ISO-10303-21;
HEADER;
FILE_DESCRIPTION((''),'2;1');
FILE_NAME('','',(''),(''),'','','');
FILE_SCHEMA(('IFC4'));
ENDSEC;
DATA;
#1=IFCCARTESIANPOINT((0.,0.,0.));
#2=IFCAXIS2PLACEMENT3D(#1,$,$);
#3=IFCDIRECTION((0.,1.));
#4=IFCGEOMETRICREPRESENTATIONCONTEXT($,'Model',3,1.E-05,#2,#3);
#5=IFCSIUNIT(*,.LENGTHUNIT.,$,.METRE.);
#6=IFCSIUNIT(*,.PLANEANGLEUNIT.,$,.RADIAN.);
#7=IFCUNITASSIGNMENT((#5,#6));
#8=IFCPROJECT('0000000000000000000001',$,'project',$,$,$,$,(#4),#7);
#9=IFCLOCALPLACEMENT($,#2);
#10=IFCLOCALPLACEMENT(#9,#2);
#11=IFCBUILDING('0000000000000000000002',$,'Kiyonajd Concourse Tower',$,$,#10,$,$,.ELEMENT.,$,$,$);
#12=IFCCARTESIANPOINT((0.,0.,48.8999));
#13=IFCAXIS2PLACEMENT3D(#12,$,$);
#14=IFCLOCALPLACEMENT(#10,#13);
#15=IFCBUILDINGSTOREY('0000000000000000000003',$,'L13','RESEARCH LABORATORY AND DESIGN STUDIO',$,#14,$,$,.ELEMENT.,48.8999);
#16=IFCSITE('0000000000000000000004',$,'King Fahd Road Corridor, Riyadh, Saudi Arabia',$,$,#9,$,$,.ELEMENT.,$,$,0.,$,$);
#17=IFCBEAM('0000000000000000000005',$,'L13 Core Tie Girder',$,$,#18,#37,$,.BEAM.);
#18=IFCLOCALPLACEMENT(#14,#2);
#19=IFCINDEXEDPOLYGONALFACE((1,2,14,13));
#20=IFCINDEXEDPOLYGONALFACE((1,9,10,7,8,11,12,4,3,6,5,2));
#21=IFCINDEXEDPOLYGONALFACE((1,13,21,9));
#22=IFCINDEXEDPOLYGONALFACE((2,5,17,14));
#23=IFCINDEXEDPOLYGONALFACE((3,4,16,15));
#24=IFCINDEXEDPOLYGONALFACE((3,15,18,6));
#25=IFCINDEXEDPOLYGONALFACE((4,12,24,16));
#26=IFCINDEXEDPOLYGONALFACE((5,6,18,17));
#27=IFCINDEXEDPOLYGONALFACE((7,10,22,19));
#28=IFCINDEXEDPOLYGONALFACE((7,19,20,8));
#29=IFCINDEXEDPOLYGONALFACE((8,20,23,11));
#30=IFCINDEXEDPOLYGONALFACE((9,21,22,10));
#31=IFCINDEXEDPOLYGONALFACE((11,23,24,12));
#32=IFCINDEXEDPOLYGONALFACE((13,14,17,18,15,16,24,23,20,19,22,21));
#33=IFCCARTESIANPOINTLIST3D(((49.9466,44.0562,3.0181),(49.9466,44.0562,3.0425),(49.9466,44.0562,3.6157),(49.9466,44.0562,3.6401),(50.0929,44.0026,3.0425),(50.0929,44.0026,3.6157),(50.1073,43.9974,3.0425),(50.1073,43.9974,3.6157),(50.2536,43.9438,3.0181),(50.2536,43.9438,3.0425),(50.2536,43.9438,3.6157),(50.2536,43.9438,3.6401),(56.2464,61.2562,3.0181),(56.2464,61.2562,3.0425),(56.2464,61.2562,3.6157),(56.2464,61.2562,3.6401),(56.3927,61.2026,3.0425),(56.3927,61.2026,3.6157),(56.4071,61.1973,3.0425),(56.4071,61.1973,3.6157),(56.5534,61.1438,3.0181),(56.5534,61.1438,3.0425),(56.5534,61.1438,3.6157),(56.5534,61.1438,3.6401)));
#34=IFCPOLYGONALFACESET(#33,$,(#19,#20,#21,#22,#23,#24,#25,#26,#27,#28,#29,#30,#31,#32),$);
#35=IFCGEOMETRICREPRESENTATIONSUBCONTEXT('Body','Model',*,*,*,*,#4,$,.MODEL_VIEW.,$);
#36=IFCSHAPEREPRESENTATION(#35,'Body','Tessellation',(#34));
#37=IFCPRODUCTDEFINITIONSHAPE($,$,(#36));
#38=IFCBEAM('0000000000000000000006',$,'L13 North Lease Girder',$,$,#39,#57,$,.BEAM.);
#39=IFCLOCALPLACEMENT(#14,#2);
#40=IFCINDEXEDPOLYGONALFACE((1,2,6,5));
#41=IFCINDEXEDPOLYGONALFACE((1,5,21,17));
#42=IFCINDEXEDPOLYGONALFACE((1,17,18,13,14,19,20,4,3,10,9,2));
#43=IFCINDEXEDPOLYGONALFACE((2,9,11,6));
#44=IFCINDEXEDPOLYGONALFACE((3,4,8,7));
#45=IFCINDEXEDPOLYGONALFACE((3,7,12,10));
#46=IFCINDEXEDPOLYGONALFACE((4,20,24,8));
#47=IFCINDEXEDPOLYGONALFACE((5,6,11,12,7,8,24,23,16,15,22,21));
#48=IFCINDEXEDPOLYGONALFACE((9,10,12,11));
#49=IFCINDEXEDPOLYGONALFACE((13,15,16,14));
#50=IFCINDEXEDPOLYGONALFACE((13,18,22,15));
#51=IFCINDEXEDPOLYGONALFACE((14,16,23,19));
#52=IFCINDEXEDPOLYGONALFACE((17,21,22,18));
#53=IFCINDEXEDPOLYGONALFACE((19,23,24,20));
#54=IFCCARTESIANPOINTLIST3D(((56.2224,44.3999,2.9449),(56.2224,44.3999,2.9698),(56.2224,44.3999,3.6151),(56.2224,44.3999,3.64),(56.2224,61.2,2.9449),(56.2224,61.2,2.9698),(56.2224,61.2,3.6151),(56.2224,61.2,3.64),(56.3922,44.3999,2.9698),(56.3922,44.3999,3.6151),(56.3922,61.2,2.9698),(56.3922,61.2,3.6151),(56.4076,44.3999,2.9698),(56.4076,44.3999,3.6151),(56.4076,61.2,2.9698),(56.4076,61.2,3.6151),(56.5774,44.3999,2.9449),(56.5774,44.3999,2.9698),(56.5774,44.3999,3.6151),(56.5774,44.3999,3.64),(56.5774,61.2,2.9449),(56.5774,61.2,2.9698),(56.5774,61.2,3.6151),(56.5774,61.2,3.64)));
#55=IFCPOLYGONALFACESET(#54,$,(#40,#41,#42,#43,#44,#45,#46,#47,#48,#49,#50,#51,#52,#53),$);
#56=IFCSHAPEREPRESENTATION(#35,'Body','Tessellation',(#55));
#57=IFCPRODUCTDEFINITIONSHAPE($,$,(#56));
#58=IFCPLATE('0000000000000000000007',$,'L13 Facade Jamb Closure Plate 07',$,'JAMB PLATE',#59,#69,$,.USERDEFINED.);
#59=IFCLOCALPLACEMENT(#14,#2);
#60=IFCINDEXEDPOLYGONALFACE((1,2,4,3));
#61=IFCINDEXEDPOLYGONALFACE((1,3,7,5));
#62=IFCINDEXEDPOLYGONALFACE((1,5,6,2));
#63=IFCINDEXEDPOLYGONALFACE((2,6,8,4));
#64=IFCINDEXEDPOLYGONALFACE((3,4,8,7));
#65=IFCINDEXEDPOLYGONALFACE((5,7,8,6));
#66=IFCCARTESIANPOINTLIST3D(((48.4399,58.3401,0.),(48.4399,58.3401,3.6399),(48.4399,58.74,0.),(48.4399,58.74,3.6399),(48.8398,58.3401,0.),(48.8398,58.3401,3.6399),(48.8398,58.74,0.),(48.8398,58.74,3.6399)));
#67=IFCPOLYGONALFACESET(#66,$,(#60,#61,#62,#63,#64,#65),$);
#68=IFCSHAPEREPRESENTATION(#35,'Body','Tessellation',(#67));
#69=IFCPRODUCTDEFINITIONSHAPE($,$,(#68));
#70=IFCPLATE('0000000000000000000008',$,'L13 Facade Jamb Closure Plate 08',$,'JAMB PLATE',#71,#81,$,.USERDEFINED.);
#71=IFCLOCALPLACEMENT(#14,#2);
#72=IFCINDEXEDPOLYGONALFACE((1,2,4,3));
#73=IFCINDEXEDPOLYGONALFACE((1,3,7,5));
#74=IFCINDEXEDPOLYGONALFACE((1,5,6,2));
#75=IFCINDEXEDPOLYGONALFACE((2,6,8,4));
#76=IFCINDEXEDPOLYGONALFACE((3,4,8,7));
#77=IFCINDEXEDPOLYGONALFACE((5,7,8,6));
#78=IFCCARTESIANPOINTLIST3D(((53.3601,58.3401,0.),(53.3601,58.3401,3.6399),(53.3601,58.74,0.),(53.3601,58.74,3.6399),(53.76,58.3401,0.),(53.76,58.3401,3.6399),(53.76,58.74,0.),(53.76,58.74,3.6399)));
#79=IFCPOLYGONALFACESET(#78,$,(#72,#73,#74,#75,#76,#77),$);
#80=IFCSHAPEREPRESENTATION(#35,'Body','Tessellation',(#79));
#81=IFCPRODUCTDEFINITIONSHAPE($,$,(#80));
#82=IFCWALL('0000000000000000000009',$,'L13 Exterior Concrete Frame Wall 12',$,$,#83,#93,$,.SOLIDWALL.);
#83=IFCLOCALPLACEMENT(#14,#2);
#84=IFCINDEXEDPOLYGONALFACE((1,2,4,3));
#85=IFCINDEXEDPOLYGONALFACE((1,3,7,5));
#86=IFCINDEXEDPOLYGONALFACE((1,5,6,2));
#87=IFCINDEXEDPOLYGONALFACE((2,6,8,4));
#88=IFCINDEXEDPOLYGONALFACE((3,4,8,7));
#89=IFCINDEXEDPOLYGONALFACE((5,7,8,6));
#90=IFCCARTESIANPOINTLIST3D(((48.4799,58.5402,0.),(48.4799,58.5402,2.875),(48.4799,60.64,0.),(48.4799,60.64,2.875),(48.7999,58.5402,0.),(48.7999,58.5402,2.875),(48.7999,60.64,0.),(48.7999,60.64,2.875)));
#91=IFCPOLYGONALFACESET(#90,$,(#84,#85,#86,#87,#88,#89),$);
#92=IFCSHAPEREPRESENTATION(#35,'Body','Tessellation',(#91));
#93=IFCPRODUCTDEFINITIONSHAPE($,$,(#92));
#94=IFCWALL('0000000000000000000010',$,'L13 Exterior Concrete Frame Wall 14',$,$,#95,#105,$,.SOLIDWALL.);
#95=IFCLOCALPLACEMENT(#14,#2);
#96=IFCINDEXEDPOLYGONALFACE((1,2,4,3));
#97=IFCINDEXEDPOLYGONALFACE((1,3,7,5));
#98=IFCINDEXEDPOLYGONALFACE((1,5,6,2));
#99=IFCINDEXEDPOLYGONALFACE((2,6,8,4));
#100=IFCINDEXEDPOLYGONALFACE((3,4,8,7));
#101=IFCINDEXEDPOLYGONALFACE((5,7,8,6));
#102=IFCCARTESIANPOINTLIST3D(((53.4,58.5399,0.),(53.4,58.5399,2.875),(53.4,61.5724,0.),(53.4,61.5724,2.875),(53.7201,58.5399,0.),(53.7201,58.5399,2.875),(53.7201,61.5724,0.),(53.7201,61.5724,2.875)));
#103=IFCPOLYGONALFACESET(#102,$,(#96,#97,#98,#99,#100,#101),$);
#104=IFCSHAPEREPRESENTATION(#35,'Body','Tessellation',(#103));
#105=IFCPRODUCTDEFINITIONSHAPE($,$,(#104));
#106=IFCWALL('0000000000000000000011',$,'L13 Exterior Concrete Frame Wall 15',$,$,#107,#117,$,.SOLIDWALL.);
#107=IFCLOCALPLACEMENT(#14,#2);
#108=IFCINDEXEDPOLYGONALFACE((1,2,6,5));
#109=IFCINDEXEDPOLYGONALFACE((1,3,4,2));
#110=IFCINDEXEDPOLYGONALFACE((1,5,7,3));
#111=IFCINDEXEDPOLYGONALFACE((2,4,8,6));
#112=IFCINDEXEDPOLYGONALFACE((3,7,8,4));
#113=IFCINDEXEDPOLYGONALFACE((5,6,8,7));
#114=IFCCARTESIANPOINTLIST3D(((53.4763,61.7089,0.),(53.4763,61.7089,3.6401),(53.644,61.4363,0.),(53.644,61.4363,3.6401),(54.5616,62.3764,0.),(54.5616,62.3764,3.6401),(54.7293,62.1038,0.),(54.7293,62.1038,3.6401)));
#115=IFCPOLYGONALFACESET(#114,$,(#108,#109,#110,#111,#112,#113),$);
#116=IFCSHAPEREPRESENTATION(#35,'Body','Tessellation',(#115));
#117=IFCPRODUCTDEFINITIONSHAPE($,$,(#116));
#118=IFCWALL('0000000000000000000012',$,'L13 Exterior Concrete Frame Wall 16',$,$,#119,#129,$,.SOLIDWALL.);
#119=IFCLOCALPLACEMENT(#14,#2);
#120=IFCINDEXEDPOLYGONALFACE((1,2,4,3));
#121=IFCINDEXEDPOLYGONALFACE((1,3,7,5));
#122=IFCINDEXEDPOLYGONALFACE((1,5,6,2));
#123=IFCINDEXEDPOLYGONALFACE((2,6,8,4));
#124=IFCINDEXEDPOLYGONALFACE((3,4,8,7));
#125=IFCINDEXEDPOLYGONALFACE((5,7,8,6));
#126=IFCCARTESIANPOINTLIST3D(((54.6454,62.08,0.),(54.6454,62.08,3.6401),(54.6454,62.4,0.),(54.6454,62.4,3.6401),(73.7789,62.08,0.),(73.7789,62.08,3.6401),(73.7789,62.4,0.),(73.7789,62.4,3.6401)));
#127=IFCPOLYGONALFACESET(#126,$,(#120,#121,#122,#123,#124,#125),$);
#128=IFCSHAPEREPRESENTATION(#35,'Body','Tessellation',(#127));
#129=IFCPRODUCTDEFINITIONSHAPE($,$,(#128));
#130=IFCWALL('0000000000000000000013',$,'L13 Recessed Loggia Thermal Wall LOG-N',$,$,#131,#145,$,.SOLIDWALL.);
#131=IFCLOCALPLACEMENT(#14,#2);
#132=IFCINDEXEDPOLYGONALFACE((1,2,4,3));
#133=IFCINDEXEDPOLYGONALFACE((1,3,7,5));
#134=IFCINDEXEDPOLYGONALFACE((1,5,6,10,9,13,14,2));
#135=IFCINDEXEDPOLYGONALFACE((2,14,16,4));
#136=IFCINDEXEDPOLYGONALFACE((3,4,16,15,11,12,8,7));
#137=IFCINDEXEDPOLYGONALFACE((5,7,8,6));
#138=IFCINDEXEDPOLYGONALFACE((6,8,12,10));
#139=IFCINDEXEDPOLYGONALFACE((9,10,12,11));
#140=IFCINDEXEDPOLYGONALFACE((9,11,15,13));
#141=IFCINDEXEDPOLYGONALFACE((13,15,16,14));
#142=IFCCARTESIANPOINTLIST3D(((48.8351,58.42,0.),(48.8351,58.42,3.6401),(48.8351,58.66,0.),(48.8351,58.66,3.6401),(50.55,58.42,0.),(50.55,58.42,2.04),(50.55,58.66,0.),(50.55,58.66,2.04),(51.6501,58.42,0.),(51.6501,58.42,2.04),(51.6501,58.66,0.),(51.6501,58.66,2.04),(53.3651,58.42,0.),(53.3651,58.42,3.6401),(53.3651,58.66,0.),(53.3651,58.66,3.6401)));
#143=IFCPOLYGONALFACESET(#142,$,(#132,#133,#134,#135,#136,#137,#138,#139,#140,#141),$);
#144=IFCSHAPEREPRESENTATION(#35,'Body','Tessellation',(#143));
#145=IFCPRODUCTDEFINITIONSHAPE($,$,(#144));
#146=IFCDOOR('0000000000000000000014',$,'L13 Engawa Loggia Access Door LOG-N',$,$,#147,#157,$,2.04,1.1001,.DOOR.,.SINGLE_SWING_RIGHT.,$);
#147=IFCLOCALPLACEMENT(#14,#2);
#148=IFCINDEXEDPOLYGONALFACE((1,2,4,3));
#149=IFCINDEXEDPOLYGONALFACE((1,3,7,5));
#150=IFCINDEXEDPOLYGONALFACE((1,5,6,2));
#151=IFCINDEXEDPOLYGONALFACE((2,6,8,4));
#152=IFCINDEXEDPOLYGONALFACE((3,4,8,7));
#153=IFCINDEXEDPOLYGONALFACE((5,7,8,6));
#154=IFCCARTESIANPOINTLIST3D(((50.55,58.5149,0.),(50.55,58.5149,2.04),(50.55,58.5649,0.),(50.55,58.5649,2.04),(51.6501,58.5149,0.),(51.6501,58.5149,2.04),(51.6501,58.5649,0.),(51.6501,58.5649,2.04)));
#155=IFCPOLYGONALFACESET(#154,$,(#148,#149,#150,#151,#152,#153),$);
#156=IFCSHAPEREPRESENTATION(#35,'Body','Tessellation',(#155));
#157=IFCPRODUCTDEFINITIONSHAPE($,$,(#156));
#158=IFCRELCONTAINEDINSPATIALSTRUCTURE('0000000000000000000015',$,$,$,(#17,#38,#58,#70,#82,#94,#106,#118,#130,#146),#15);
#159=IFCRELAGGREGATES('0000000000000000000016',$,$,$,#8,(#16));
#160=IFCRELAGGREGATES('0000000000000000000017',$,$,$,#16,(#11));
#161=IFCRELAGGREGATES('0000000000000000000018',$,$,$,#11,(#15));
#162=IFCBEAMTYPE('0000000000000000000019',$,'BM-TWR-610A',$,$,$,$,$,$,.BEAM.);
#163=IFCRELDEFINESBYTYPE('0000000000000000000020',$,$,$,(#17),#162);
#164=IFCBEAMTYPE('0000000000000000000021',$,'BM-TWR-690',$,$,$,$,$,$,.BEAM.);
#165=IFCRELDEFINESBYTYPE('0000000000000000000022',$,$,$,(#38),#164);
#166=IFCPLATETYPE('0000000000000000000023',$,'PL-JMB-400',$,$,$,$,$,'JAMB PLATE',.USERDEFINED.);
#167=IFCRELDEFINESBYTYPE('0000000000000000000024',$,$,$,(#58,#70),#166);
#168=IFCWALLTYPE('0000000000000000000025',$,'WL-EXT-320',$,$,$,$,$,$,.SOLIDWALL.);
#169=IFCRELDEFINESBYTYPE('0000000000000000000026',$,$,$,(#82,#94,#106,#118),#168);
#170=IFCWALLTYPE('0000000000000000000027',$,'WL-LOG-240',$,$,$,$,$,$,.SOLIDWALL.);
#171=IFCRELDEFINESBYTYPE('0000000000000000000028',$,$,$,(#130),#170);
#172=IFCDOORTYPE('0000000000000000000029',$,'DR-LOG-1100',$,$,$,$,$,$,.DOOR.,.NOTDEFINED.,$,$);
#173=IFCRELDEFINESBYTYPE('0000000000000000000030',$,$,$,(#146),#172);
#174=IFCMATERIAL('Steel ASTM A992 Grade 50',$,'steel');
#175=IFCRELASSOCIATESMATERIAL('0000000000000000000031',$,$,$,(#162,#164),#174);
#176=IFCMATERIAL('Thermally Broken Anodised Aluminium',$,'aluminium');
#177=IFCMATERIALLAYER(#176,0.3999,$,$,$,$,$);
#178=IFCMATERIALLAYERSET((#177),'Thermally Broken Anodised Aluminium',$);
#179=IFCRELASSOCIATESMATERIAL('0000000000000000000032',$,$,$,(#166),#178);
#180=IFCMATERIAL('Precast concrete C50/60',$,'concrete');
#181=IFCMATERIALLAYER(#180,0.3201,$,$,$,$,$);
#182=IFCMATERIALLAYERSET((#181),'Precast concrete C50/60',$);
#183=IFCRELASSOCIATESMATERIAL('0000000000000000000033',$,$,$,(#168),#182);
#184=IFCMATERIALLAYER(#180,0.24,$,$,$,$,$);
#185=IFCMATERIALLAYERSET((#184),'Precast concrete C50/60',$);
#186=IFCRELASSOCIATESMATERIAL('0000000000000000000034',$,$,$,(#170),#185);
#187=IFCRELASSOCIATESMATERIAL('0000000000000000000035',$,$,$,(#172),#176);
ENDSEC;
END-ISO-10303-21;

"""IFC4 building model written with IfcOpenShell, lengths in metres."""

from ifc_helpers import new_model, si_unit, direction, frame, frame_2d, origin, origin_2d, place, context, subcontext, project, spatial, rectangle, i_section, extrude, material, layer, layer_set, material_profile, profile_set, type_object, element, fill, save


model = new_model("IFC4")

# Units and contexts
model_context = context("Model", 3, precision=1e-05, world=origin(), true_north=direction((0.0, 1.0)))
body_context = subcontext(model_context, "Body", "Model", "MODEL_VIEW")
ifc_project = project(units=[si_unit("LENGTHUNIT", "METRE"), si_unit("PLANEANGLEUNIT", "RADIAN")], contexts=[model_context])

# Site, building, storey
site_placement = place(None, origin())
site = spatial("IfcSite", under=ifc_project, at=site_placement, Name="King Fahd Road Corridor, Riyadh, Saudi Arabia", CompositionType="ELEMENT", RefElevation=0.0)
building_placement = place(site_placement, origin())
building = spatial("IfcBuilding", under=site, at=building_placement, Name="Kiyonajd Concourse Tower", CompositionType="ELEMENT")
storey_placement = place(building_placement, frame((0.0, 0.0, 48.8999)))
storey = spatial("IfcBuildingStorey", under=building, at=storey_placement, Name="L13", Description="RESEARCH LABORATORY AND DESIGN STUDIO", CompositionType="ELEMENT", Elevation=48.8999)

# Beams
ifc_material_1 = material(Name="Steel ASTM A992 Grade 50", Category="steel")
ifc_material_2 = material(Name="Precast concrete C50/60", Category="concrete")
ifc_material_profile_1 = material_profile(ifc_material_1, i_section(OverallWidth=0.3269, OverallDepth=0.6221, WebThickness=0.0154, FlangeThickness=0.0244, at=origin_2d()), Name="W610X195")
ifc_profile_set_1 = profile_set([ifc_material_profile_1], Name="Steel ASTM A992 Grade 50")
beam_type_1 = type_object("IfcBeamType", Name="BM-TWR-610A", PredefinedType="BEAM", material=ifc_profile_set_1)
beam_1_placement = place(storey_placement, frame((50.1001, 44.0, 3.3291), z_axis=(0.343925, 0.938997, 0.0), x_axis=(-0.938997, 0.343925, 0.0)))
element("IfcBeam", 1, at=beam_1_placement, inside=storey, type_object=beam_type_1, Name="L13 Core Tie Girder", PredefinedType="BEAM", context=body_context, shape_type="SweptSolid", body=[
    extrude(i_section(OverallWidth=0.3269, OverallDepth=0.6221, WebThickness=0.0154, FlangeThickness=0.0244, at=origin_2d()), origin(), (0.0, 0.0, 1.0), 18.3174),
])
ifc_material_profile_2 = material_profile(ifc_material_1, i_section(OverallWidth=0.355, OverallDepth=0.6951, WebThickness=0.0154, FlangeThickness=0.0249, at=origin_2d()), Name="W690X217")
ifc_profile_set_2 = profile_set([ifc_material_profile_2], Name="Steel ASTM A992 Grade 50")
beam_type_2 = type_object("IfcBeamType", Name="BM-TWR-690", PredefinedType="BEAM", material=ifc_profile_set_2)
beam_2_placement = place(storey_placement, frame((56.3999, 44.3999, 3.2925), z_axis=(0.0, 1.0, 0.0), x_axis=(-1.0, 0.0, 0.0)))
element("IfcBeam", 2, at=beam_2_placement, inside=storey, type_object=beam_type_2, Name="L13 North Lease Girder", PredefinedType="BEAM", context=body_context, shape_type="SweptSolid", body=[
    extrude(i_section(OverallWidth=0.355, OverallDepth=0.6951, WebThickness=0.0154, FlangeThickness=0.0249, at=origin_2d()), origin(), (0.0, 0.0, 1.0), 16.8),
])

# Plates
ifc_material_3 = material(Name="Thermally Broken Anodised Aluminium", Category="aluminium")
ifc_layer_1 = layer(ifc_material_3, 0.3999)
ifc_layer_set_1 = layer_set([ifc_layer_1], Name="Thermally Broken Anodised Aluminium")
plate_type = type_object("IfcPlateType", Name="PL-JMB-400", ElementType="JAMB PLATE", PredefinedType="USERDEFINED", material=ifc_layer_set_1)
for number, where, z_axis, x_axis, name in (
    (3, (48.6399, 58.54, 0.0), (0.0, 0.0, 1.0), (1.0, 0.0, 0.0), "L13 Facade Jamb Closure Plate 07"),
    (4, (53.5601, 58.54, 0.0), (0.0, 0.0, 1.0), (1.0, 0.0, 0.0), "L13 Facade Jamb Closure Plate 08"),
):
    element("IfcPlate", number, at=place(storey_placement, frame(where, z_axis=z_axis, x_axis=x_axis)), inside=storey, type_object=plate_type, Name=name, ObjectType="JAMB PLATE", PredefinedType="USERDEFINED", context=body_context, shape_type="SweptSolid", body=[
        extrude(rectangle(XDim=0.3999, YDim=0.3999, at=origin_2d()), origin(), (0.0, 0.0, 1.0), 3.6399),
    ])

# Walls
ifc_layer_2 = layer(ifc_material_2, 0.3201)
ifc_layer_set_2 = layer_set([ifc_layer_2], Name="Precast concrete C50/60")
wall_type_1 = type_object("IfcWallType", Name="WL-EXT-320", PredefinedType="SOLIDWALL", material=ifc_layer_set_2)
wall_1_placement = place(storey_placement, frame((48.6399, 60.6399, 0.0), z_axis=(0.0, 0.0, 1.0), x_axis=(0.0, -1.0, 0.0)))
element("IfcWall", 5, at=wall_1_placement, inside=storey, type_object=wall_type_1, Name="L13 Exterior Concrete Frame Wall 12", PredefinedType="SOLIDWALL", context=body_context, shape_type="SweptSolid", body=[
    extrude(rectangle(XDim=2.0999, YDim=0.3201, at=frame_2d((1.0498, 0.0))), origin(), (0.0, 0.0, 1.0), 2.875),
])
wall_2_placement = place(storey_placement, frame((53.5601, 58.54, 0.0), z_axis=(0.0, 0.0, 1.0), x_axis=(0.0, 1.0, 0.0)))
element("IfcWall", 6, at=wall_2_placement, inside=storey, type_object=wall_type_1, Name="L13 Exterior Concrete Frame Wall 14", PredefinedType="SOLIDWALL", context=body_context, shape_type="SweptSolid", body=[
    extrude(rectangle(XDim=3.0325, YDim=0.3201, at=frame_2d((1.5161, 0.0))), origin(), (0.0, 0.0, 1.0), 2.875),
])
wall_3_placement = place(storey_placement, frame((53.5601, 61.5725, 0.0), z_axis=(0.0, 0.0, 1.0), x_axis=(0.851777, 0.523905, 0.0)))
element("IfcWall", 7, at=wall_3_placement, inside=storey, type_object=wall_type_1, Name="L13 Exterior Concrete Frame Wall 15", PredefinedType="SOLIDWALL", context=body_context, shape_type="SweptSolid", body=[
    extrude(rectangle(XDim=1.2742, YDim=0.3201, at=frame_2d((0.6372, 0.0))), origin(), (0.0, 0.0, 1.0), 3.6401),
])
wall_4_placement = place(storey_placement, frame((54.6453, 62.24, 0.0), z_axis=(0.0, 0.0, 1.0), x_axis=(1.0, 0.0, 0.0)))
element("IfcWall", 8, at=wall_4_placement, inside=storey, type_object=wall_type_1, Name="L13 Exterior Concrete Frame Wall 16", PredefinedType="SOLIDWALL", context=body_context, shape_type="SweptSolid", body=[
    extrude(rectangle(XDim=19.1335, YDim=0.3201, at=frame_2d((9.5669, 0.0))), origin(), (0.0, 0.0, 1.0), 3.6401),
])

# Wall, opening, door
ifc_layer_3 = layer(ifc_material_2, 0.24)
ifc_layer_set_3 = layer_set([ifc_layer_3], Name="Precast concrete C50/60")
wall_type_2 = type_object("IfcWallType", Name="WL-LOG-240", PredefinedType="SOLIDWALL", material=ifc_layer_set_3)
wall_5_placement = place(storey_placement, frame((48.835, 58.54, 0.0), z_axis=(0.0, 0.0, 1.0), x_axis=(1.0, 0.0, 0.0)))
wall_5 = element("IfcWall", 9, at=wall_5_placement, inside=storey, type_object=wall_type_2, Name="L13 Recessed Loggia Thermal Wall LOG-N", PredefinedType="SOLIDWALL", context=body_context, shape_type="SweptSolid", body=[
    extrude(rectangle(XDim=4.53, YDim=0.24, at=frame_2d((2.2651, 0.0))), origin(), (0.0, 0.0, 1.0), 3.6401),
])
opening_1_placement = place(wall_5_placement, frame((1.7151, 0.0, 0.0)))
opening_1 = element("IfcOpeningElement", 10, at=opening_1_placement, cuts=wall_5, PredefinedType="OPENING", context=body_context, shape_type="SweptSolid", body=[
    extrude(rectangle(XDim=1.1001, YDim=2.04, at=frame_2d((0.55, 1.02))), frame((0.0, 0.1299, 0.0), z_axis=(0.0, -1.0, 0.0), x_axis=(1.0, 0.0, 0.0)), (0.0, 0.0, 1.0), 0.26),
])
door_type_1 = type_object("IfcDoorType", Name="DR-LOG-1100", OperationType="NOTDEFINED", PredefinedType="DOOR", material=ifc_material_3)
door_1_placement = place(opening_1_placement, origin())
door_1 = element("IfcDoor", 11, at=door_1_placement, inside=storey, type_object=door_type_1, Name="L13 Engawa Loggia Access Door LOG-N", OperationType="SINGLE_SWING_RIGHT", OverallHeight=2.04, OverallWidth=1.1001, PredefinedType="DOOR", context=body_context, shape_type="SweptSolid", body=[
    extrude(rectangle(XDim=1.1001, YDim=2.04, at=frame_2d((0.55, 1.02))), frame((0.0, 0.0249, 0.0), z_axis=(0.0, -1.0, 0.0), x_axis=(1.0, 0.0, 0.0)), (0.0, 0.0, 1.0), 0.05),
])
fill(opening_1, door_1)

save(model, "model.ifc")
